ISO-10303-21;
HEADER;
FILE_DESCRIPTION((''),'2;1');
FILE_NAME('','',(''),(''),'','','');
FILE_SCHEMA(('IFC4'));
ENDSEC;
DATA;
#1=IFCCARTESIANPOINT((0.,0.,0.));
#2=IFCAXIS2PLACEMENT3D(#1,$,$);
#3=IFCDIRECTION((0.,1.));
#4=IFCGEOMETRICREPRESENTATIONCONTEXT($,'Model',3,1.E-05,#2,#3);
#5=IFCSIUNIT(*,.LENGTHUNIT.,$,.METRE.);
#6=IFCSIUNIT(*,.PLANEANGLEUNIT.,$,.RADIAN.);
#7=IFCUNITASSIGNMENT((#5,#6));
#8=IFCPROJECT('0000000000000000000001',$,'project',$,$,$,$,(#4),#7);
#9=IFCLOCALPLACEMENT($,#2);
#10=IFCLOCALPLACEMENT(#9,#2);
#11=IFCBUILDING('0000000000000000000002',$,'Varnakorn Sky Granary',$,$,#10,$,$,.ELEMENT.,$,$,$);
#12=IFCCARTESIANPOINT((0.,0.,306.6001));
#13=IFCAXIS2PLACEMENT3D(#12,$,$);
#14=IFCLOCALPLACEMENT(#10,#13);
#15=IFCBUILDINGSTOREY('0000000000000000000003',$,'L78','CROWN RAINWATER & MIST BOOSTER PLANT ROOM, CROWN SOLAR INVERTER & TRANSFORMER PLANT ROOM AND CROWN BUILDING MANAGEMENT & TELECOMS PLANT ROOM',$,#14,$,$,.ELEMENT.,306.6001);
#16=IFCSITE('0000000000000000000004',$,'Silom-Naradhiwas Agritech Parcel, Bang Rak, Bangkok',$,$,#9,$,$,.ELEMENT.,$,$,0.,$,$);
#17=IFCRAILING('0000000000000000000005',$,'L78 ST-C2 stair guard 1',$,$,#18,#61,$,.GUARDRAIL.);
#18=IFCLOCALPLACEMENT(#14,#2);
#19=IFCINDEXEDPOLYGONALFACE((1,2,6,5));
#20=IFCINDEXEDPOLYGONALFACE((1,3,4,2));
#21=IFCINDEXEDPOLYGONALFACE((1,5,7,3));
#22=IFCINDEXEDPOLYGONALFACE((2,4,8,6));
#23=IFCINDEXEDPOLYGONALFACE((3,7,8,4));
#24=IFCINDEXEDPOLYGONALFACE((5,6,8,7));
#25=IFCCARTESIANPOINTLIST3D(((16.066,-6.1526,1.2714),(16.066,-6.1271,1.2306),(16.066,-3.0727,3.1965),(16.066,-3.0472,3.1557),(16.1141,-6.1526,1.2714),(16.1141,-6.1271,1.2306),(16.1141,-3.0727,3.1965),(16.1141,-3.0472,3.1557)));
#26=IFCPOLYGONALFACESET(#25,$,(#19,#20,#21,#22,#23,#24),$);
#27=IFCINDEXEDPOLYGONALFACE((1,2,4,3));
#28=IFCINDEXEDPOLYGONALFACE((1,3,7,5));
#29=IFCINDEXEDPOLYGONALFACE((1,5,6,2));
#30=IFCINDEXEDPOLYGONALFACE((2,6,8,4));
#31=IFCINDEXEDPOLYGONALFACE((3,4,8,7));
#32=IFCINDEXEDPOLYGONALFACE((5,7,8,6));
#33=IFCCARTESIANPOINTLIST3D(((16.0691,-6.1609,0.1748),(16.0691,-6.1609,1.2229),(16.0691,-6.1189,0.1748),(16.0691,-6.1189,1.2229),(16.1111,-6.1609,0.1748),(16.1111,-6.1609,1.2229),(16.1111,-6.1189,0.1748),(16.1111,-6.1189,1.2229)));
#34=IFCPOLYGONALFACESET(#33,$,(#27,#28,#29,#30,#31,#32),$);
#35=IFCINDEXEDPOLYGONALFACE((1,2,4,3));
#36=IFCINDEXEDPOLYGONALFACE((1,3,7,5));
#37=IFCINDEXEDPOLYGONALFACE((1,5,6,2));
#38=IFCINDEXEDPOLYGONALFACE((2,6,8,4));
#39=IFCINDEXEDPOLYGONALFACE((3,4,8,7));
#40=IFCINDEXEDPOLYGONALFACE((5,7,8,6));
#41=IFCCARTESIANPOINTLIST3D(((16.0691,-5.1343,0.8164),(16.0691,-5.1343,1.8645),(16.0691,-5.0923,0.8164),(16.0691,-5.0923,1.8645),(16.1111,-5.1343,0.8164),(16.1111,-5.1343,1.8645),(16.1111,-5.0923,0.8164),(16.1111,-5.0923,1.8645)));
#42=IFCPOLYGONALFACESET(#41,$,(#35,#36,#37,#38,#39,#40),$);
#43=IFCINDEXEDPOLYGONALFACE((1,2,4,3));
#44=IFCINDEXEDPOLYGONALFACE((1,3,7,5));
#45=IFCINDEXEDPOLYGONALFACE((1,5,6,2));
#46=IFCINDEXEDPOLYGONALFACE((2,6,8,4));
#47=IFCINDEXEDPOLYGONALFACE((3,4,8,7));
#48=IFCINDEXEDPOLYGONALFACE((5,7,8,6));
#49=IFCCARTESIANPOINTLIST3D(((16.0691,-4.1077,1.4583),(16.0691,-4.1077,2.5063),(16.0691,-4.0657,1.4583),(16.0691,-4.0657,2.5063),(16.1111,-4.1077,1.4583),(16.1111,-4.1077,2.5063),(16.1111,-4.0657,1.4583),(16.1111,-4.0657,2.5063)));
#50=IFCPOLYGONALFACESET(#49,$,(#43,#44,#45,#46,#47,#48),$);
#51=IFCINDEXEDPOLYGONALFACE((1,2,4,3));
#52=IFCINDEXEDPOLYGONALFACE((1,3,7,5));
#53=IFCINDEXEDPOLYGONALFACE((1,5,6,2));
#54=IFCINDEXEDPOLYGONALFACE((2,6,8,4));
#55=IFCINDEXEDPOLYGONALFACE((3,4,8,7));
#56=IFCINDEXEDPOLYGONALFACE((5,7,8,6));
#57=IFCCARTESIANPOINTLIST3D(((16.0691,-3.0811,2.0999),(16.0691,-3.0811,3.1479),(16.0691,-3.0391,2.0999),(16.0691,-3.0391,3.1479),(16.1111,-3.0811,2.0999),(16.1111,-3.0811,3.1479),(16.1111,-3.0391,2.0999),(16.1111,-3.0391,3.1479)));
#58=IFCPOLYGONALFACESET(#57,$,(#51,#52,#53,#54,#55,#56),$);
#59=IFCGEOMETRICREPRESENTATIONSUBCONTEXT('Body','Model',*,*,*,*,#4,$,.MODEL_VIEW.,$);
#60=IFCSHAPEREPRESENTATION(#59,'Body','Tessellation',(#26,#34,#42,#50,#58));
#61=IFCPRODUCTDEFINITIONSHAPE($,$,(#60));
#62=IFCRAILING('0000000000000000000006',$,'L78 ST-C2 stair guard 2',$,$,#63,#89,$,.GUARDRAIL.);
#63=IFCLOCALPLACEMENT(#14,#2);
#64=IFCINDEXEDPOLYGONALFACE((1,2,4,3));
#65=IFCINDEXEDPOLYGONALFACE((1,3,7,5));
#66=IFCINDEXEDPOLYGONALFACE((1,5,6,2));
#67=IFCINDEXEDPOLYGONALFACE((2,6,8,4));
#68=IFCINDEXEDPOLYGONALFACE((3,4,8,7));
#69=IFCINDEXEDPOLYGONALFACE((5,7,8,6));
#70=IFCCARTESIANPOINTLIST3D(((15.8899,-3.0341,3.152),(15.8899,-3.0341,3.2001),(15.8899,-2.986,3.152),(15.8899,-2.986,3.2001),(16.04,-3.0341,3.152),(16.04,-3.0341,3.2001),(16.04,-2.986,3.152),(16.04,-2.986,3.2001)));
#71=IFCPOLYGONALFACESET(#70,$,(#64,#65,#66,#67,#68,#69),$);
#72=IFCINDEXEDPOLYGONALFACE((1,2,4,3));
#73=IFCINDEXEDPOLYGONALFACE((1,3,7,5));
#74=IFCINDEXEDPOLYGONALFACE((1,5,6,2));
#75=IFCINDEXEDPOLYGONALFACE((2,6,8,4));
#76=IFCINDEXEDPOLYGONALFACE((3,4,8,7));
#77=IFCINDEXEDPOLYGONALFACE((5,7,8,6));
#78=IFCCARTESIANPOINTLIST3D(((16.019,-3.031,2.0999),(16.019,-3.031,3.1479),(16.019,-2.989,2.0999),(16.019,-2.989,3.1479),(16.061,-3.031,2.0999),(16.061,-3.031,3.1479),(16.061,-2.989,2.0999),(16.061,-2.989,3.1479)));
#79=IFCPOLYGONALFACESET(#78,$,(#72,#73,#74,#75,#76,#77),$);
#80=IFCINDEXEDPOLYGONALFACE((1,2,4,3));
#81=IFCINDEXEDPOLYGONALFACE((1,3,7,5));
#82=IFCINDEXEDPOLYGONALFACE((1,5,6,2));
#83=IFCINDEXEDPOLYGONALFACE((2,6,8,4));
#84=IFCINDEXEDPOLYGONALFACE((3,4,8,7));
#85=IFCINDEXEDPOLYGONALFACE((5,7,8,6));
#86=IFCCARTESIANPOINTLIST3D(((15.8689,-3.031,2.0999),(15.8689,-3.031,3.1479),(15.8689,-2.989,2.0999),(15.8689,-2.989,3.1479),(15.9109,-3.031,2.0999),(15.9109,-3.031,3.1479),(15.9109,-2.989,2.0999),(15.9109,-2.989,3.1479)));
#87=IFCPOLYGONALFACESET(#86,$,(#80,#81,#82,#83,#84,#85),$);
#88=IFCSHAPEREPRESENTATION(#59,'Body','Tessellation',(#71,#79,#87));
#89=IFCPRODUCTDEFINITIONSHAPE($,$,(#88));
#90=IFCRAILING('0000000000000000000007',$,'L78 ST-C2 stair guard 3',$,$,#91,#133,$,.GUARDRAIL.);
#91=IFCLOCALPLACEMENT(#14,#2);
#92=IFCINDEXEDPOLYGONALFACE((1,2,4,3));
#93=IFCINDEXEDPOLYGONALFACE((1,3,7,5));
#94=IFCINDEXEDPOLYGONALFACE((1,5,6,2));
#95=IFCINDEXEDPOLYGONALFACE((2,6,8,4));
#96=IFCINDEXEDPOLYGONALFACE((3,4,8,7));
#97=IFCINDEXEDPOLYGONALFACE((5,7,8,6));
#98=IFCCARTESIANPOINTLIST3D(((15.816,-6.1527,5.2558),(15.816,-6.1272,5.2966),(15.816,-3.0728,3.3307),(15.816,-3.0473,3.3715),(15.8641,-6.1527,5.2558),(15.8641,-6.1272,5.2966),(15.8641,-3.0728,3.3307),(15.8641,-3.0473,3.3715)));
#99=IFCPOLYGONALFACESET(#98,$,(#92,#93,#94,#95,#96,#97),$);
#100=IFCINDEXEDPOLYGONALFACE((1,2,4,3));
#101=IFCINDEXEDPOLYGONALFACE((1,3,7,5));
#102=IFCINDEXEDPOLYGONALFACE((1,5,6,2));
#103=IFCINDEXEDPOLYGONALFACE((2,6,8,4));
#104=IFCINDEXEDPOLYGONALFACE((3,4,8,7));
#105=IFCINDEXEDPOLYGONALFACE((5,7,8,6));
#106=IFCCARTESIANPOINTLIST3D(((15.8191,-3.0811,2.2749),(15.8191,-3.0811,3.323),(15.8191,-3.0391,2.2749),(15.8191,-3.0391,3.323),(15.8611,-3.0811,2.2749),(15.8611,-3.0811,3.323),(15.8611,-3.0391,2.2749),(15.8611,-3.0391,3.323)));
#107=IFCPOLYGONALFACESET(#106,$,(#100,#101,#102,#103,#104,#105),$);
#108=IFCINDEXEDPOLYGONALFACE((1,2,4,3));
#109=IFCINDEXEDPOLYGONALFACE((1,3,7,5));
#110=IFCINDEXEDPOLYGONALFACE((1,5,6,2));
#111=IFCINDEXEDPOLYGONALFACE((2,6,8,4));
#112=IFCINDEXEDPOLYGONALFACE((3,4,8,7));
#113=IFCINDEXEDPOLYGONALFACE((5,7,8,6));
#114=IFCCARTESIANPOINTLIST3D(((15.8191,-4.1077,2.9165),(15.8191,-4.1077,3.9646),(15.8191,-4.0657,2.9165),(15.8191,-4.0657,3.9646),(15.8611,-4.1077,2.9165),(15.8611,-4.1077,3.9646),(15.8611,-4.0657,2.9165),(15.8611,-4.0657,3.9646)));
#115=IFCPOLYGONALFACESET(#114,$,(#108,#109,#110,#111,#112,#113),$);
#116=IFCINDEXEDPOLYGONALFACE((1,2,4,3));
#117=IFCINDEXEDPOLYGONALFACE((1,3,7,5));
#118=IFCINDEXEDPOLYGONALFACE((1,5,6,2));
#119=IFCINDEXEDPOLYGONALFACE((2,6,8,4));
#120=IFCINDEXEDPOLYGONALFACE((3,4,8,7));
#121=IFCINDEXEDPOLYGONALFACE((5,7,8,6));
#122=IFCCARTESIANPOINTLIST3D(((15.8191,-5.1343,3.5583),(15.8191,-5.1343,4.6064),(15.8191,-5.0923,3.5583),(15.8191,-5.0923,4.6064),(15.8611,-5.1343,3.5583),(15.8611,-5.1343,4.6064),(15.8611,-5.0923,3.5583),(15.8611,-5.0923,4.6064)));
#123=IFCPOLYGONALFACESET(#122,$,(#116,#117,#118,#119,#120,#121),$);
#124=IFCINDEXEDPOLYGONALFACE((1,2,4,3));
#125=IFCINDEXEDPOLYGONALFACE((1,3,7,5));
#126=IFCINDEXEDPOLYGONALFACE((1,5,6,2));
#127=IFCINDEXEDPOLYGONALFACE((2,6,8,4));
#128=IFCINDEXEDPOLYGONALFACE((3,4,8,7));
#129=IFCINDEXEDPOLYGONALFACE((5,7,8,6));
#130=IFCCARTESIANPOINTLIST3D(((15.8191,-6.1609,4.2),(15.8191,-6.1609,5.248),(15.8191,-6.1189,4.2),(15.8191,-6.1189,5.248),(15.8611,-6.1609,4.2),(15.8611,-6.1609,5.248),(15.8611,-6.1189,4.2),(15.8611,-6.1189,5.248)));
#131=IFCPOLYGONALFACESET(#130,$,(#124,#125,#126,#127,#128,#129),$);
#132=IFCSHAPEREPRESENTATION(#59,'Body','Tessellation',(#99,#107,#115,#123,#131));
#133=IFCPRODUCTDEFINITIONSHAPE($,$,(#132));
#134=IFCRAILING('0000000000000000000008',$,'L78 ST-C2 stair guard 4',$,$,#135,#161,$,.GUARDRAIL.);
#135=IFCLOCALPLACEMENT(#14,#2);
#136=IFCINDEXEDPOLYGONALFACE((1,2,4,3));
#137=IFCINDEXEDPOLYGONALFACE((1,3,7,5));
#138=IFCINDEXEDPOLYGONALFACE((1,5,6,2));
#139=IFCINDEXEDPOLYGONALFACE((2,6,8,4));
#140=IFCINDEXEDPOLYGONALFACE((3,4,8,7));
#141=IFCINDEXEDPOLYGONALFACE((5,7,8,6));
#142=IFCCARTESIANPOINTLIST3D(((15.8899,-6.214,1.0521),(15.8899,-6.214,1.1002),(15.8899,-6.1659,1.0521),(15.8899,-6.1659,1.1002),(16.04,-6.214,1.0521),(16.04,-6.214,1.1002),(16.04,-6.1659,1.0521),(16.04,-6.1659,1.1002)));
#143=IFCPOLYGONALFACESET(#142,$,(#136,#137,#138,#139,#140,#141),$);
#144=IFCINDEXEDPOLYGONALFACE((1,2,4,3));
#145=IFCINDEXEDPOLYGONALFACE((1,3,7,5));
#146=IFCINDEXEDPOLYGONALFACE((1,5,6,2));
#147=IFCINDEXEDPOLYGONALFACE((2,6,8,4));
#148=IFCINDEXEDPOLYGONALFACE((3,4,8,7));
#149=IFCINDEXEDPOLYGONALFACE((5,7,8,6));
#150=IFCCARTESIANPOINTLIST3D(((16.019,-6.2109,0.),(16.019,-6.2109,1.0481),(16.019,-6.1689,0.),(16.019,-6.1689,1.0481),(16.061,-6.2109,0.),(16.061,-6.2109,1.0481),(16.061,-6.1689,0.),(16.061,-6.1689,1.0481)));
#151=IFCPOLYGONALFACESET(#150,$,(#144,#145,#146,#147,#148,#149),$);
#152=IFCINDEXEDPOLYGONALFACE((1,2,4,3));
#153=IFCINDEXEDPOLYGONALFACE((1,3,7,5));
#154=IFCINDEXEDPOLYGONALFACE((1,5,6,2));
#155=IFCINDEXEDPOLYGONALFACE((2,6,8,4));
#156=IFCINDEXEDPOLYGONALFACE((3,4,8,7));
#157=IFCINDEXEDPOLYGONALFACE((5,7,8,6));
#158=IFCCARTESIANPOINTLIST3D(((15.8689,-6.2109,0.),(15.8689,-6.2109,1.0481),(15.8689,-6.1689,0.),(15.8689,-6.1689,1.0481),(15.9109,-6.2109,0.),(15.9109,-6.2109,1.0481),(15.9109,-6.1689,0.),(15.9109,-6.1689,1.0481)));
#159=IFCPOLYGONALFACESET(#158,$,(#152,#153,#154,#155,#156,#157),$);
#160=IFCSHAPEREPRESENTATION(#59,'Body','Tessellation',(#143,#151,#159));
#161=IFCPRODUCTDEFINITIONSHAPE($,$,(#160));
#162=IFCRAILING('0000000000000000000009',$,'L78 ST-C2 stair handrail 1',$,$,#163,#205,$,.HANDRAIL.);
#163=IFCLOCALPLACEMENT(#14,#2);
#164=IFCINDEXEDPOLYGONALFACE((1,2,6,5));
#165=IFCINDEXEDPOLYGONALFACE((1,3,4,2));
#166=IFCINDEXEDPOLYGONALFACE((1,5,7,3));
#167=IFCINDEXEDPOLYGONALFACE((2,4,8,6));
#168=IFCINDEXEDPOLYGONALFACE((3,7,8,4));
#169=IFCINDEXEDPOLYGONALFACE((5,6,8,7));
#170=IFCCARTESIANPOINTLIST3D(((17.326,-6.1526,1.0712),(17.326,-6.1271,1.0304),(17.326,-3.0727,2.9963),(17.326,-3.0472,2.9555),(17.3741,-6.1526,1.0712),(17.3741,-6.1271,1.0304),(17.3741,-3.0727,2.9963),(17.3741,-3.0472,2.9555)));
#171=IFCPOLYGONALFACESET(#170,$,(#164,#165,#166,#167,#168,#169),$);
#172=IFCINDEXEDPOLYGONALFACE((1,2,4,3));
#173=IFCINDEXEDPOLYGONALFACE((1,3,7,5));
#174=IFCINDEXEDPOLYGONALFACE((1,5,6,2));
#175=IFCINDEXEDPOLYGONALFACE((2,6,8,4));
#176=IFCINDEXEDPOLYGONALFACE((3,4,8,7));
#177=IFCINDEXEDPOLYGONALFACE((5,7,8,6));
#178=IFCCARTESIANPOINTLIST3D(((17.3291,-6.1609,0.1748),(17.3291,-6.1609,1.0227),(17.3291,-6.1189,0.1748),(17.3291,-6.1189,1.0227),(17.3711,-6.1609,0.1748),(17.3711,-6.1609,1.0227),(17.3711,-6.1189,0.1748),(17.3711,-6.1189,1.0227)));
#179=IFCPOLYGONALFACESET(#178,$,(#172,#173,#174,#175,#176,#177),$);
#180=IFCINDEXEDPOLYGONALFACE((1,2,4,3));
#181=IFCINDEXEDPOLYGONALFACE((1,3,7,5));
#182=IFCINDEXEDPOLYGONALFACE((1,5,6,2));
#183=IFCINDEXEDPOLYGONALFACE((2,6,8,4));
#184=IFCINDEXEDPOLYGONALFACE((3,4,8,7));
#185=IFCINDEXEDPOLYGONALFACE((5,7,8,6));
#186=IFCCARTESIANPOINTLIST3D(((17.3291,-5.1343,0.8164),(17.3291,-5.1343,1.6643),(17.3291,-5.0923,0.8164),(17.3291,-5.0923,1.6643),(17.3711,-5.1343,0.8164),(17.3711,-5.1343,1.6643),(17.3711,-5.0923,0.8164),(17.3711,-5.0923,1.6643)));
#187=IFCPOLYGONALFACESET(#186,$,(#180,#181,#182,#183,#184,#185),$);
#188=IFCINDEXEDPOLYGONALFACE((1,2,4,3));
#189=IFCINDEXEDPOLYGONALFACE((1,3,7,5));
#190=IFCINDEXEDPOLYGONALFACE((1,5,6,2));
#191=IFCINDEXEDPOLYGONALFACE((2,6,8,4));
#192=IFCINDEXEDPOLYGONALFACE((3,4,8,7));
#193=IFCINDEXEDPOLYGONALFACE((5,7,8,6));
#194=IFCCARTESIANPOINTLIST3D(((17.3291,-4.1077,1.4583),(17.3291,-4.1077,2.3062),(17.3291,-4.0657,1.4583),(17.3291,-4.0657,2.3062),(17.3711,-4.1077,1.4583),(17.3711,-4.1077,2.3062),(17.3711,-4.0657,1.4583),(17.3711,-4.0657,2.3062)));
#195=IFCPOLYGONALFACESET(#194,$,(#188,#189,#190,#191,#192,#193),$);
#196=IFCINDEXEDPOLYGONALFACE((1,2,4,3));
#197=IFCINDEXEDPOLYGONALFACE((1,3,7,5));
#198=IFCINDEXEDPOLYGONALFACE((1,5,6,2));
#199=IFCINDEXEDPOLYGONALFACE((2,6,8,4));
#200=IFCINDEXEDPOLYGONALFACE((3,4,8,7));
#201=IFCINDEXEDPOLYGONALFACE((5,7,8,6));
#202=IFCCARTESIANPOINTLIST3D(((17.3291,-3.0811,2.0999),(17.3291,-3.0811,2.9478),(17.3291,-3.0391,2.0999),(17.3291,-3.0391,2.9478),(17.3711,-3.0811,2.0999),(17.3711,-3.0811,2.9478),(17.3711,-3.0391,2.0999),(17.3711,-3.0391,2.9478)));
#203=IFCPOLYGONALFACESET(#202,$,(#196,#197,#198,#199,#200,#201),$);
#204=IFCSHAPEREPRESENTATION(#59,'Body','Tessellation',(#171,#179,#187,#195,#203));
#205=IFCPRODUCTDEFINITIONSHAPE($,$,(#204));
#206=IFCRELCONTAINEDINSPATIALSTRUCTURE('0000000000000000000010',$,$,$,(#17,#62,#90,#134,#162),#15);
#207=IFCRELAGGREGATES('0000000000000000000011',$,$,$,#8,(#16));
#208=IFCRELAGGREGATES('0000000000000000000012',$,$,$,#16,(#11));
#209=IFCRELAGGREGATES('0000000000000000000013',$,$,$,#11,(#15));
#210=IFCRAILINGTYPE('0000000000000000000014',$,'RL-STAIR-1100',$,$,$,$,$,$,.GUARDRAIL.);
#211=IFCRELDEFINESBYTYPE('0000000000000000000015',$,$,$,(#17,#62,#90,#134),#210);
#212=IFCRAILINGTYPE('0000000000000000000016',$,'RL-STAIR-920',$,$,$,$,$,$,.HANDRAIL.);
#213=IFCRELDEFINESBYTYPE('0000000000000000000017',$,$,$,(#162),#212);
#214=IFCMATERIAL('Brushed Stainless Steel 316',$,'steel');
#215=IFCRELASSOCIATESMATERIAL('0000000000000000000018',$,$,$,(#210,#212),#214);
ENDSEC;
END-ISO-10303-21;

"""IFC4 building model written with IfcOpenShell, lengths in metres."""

from ifc_helpers import new_model, si_unit, direction, frame, origin, origin_2d, place, context, subcontext, project, spatial, rectangle, extrude, material, type_object, element, save


model = new_model("IFC4")

# Units and contexts
model_context = context("Model", 3, precision=1e-05, world=origin(), true_north=direction((0.0, 1.0)))
body_context = subcontext(model_context, "Body", "Model", "MODEL_VIEW")
ifc_project = project(units=[si_unit("LENGTHUNIT", "METRE"), si_unit("PLANEANGLEUNIT", "RADIAN")], contexts=[model_context])

# Site, building, storey
site_placement = place(None, origin())
site = spatial("IfcSite", under=ifc_project, at=site_placement, Name="Silom-Naradhiwas Agritech Parcel, Bang Rak, Bangkok", CompositionType="ELEMENT", RefElevation=0.0)
building_placement = place(site_placement, origin())
building = spatial("IfcBuilding", under=site, at=building_placement, Name="Varnakorn Sky Granary", CompositionType="ELEMENT")
storey_placement = place(building_placement, frame((0.0, 0.0, 306.6001)))
storey = spatial("IfcBuildingStorey", under=building, at=storey_placement, Name="L78", Description="CROWN RAINWATER & MIST BOOSTER PLANT ROOM, CROWN SOLAR INVERTER & TRANSFORMER PLANT ROOM AND CROWN BUILDING MANAGEMENT & TELECOMS PLANT ROOM", CompositionType="ELEMENT", Elevation=306.6001)

# Railings
ifc_material_1 = material(Name="Brushed Stainless Steel 316", Category="steel")
railing_type_1 = type_object("IfcRailingType", Name="RL-STAIR-1100", PredefinedType="GUARDRAIL", material=ifc_material_1)
railing_1_placement = place(storey_placement, frame((16.0901, -6.1399, 0.1748)))
element("IfcRailing", 1, at=railing_1_placement, inside=storey, type_object=railing_type_1, Name="L78 ST-C2 stair guard 1", PredefinedType="GUARDRAIL", context=body_context, shape_type="SweptSolid", body=[
    extrude(rectangle(XDim=0.0481, YDim=0.0481, at=origin_2d()), frame((0.0, 0.0, 1.0762), z_axis=(0.0, 0.847979, 0.530029), x_axis=(-1.0, 0.0, 0.0)), (0.0, 0.0, 1.0), 3.6321),
    extrude(rectangle(XDim=0.042, YDim=0.042, at=origin_2d()), origin(), (0.0, 0.0, 1.0), 1.0481),
    extrude(rectangle(XDim=0.042, YDim=0.042, at=origin_2d()), frame((0.0, 1.0266, 0.6416)), (0.0, 0.0, 1.0), 1.0481),
    extrude(rectangle(XDim=0.042, YDim=0.042, at=origin_2d()), frame((0.0, 2.0532, 1.2834)), (0.0, 0.0, 1.0), 1.0481),
    extrude(rectangle(XDim=0.042, YDim=0.042, at=origin_2d()), frame((0.0, 3.0798, 1.925)), (0.0, 0.0, 1.0), 1.0481),
])
railing_2_placement = place(storey_placement, frame((16.04, -3.01, 2.0999)))
element("IfcRailing", 2, at=railing_2_placement, inside=storey, type_object=railing_type_1, Name="L78 ST-C2 stair guard 2", PredefinedType="GUARDRAIL", context=body_context, shape_type="SweptSolid", body=[
    extrude(rectangle(XDim=0.0481, YDim=0.0481, at=origin_2d()), frame((0.0, 0.0, 1.0762), z_axis=(-1.0, 0.0, 0.0), x_axis=(0.0, -1.0, 0.0)), (0.0, 0.0, 1.0), 0.1501),
    extrude(rectangle(XDim=0.042, YDim=0.042, at=origin_2d()), origin(), (0.0, 0.0, 1.0), 1.0481),
    extrude(rectangle(XDim=0.042, YDim=0.042, at=origin_2d()), frame((-0.1501, 0.0, 0.0)), (0.0, 0.0, 1.0), 1.0481),
])
railing_3_placement = place(storey_placement, frame((15.8401, -3.0601, 2.2749)))
element("IfcRailing", 3, at=railing_3_placement, inside=storey, type_object=railing_type_1, Name="L78 ST-C2 stair guard 3", PredefinedType="GUARDRAIL", context=body_context, shape_type="SweptSolid", body=[
    extrude(rectangle(XDim=0.0481, YDim=0.0481, at=origin_2d()), frame((0.0, 0.0, 1.0762), z_axis=(0.0, -0.847979, 0.530029), x_axis=(1.0, 0.0, 0.0)), (0.0, 0.0, 1.0), 3.6321),
    extrude(rectangle(XDim=0.042, YDim=0.042, at=origin_2d()), origin(), (0.0, 0.0, 1.0), 1.0481),
    extrude(rectangle(XDim=0.042, YDim=0.042, at=origin_2d()), frame((0.0, -1.0266, 0.6416)), (0.0, 0.0, 1.0), 1.0481),
    extrude(rectangle(XDim=0.042, YDim=0.042, at=origin_2d()), frame((0.0, -2.0532, 1.2834)), (0.0, 0.0, 1.0), 1.0481),
    extrude(rectangle(XDim=0.042, YDim=0.042, at=origin_2d()), frame((0.0, -3.0798, 1.925)), (0.0, 0.0, 1.0), 1.0481),
])
railing_4_placement = place(storey_placement, frame((16.04, -6.1899, 0.0)))
element("IfcRailing", 4, at=railing_4_placement, inside=storey, type_object=railing_type_1, Name="L78 ST-C2 stair guard 4", PredefinedType="GUARDRAIL", context=body_context, shape_type="SweptSolid", body=[
    extrude(rectangle(XDim=0.0481, YDim=0.0481, at=origin_2d()), frame((0.0, 0.0, 1.0762), z_axis=(-1.0, 0.0, 0.0), x_axis=(0.0, -1.0, 0.0)), (0.0, 0.0, 1.0), 0.1501),
    extrude(rectangle(XDim=0.042, YDim=0.042, at=origin_2d()), origin(), (0.0, 0.0, 1.0), 1.0481),
    extrude(rectangle(XDim=0.042, YDim=0.042, at=origin_2d()), frame((-0.1501, 0.0, 0.0)), (0.0, 0.0, 1.0), 1.0481),
])
railing_type_2 = type_object("IfcRailingType", Name="RL-STAIR-920", PredefinedType="HANDRAIL", material=ifc_material_1)
railing_5_placement = place(storey_placement, frame((17.3501, -6.1399, 0.1748)))
element("IfcRailing", 5, at=railing_5_placement, inside=storey, type_object=railing_type_2, Name="L78 ST-C2 stair handrail 1", PredefinedType="HANDRAIL", context=body_context, shape_type="SweptSolid", body=[
    extrude(rectangle(XDim=0.0481, YDim=0.0481, at=origin_2d()), frame((0.0, 0.0, 0.876), z_axis=(0.0, 0.847979, 0.530029), x_axis=(-1.0, 0.0, 0.0)), (0.0, 0.0, 1.0), 3.6321),
    extrude(rectangle(XDim=0.042, YDim=0.042, at=origin_2d()), origin(), (0.0, 0.0, 1.0), 0.8479),
    extrude(rectangle(XDim=0.042, YDim=0.042, at=origin_2d()), frame((0.0, 1.0266, 0.6416)), (0.0, 0.0, 1.0), 0.8479),
    extrude(rectangle(XDim=0.042, YDim=0.042, at=origin_2d()), frame((0.0, 2.0532, 1.2834)), (0.0, 0.0, 1.0), 0.8479),
    extrude(rectangle(XDim=0.042, YDim=0.042, at=origin_2d()), frame((0.0, 3.0798, 1.925)), (0.0, 0.0, 1.0), 0.8479),
])

save(model, "model.ifc")
